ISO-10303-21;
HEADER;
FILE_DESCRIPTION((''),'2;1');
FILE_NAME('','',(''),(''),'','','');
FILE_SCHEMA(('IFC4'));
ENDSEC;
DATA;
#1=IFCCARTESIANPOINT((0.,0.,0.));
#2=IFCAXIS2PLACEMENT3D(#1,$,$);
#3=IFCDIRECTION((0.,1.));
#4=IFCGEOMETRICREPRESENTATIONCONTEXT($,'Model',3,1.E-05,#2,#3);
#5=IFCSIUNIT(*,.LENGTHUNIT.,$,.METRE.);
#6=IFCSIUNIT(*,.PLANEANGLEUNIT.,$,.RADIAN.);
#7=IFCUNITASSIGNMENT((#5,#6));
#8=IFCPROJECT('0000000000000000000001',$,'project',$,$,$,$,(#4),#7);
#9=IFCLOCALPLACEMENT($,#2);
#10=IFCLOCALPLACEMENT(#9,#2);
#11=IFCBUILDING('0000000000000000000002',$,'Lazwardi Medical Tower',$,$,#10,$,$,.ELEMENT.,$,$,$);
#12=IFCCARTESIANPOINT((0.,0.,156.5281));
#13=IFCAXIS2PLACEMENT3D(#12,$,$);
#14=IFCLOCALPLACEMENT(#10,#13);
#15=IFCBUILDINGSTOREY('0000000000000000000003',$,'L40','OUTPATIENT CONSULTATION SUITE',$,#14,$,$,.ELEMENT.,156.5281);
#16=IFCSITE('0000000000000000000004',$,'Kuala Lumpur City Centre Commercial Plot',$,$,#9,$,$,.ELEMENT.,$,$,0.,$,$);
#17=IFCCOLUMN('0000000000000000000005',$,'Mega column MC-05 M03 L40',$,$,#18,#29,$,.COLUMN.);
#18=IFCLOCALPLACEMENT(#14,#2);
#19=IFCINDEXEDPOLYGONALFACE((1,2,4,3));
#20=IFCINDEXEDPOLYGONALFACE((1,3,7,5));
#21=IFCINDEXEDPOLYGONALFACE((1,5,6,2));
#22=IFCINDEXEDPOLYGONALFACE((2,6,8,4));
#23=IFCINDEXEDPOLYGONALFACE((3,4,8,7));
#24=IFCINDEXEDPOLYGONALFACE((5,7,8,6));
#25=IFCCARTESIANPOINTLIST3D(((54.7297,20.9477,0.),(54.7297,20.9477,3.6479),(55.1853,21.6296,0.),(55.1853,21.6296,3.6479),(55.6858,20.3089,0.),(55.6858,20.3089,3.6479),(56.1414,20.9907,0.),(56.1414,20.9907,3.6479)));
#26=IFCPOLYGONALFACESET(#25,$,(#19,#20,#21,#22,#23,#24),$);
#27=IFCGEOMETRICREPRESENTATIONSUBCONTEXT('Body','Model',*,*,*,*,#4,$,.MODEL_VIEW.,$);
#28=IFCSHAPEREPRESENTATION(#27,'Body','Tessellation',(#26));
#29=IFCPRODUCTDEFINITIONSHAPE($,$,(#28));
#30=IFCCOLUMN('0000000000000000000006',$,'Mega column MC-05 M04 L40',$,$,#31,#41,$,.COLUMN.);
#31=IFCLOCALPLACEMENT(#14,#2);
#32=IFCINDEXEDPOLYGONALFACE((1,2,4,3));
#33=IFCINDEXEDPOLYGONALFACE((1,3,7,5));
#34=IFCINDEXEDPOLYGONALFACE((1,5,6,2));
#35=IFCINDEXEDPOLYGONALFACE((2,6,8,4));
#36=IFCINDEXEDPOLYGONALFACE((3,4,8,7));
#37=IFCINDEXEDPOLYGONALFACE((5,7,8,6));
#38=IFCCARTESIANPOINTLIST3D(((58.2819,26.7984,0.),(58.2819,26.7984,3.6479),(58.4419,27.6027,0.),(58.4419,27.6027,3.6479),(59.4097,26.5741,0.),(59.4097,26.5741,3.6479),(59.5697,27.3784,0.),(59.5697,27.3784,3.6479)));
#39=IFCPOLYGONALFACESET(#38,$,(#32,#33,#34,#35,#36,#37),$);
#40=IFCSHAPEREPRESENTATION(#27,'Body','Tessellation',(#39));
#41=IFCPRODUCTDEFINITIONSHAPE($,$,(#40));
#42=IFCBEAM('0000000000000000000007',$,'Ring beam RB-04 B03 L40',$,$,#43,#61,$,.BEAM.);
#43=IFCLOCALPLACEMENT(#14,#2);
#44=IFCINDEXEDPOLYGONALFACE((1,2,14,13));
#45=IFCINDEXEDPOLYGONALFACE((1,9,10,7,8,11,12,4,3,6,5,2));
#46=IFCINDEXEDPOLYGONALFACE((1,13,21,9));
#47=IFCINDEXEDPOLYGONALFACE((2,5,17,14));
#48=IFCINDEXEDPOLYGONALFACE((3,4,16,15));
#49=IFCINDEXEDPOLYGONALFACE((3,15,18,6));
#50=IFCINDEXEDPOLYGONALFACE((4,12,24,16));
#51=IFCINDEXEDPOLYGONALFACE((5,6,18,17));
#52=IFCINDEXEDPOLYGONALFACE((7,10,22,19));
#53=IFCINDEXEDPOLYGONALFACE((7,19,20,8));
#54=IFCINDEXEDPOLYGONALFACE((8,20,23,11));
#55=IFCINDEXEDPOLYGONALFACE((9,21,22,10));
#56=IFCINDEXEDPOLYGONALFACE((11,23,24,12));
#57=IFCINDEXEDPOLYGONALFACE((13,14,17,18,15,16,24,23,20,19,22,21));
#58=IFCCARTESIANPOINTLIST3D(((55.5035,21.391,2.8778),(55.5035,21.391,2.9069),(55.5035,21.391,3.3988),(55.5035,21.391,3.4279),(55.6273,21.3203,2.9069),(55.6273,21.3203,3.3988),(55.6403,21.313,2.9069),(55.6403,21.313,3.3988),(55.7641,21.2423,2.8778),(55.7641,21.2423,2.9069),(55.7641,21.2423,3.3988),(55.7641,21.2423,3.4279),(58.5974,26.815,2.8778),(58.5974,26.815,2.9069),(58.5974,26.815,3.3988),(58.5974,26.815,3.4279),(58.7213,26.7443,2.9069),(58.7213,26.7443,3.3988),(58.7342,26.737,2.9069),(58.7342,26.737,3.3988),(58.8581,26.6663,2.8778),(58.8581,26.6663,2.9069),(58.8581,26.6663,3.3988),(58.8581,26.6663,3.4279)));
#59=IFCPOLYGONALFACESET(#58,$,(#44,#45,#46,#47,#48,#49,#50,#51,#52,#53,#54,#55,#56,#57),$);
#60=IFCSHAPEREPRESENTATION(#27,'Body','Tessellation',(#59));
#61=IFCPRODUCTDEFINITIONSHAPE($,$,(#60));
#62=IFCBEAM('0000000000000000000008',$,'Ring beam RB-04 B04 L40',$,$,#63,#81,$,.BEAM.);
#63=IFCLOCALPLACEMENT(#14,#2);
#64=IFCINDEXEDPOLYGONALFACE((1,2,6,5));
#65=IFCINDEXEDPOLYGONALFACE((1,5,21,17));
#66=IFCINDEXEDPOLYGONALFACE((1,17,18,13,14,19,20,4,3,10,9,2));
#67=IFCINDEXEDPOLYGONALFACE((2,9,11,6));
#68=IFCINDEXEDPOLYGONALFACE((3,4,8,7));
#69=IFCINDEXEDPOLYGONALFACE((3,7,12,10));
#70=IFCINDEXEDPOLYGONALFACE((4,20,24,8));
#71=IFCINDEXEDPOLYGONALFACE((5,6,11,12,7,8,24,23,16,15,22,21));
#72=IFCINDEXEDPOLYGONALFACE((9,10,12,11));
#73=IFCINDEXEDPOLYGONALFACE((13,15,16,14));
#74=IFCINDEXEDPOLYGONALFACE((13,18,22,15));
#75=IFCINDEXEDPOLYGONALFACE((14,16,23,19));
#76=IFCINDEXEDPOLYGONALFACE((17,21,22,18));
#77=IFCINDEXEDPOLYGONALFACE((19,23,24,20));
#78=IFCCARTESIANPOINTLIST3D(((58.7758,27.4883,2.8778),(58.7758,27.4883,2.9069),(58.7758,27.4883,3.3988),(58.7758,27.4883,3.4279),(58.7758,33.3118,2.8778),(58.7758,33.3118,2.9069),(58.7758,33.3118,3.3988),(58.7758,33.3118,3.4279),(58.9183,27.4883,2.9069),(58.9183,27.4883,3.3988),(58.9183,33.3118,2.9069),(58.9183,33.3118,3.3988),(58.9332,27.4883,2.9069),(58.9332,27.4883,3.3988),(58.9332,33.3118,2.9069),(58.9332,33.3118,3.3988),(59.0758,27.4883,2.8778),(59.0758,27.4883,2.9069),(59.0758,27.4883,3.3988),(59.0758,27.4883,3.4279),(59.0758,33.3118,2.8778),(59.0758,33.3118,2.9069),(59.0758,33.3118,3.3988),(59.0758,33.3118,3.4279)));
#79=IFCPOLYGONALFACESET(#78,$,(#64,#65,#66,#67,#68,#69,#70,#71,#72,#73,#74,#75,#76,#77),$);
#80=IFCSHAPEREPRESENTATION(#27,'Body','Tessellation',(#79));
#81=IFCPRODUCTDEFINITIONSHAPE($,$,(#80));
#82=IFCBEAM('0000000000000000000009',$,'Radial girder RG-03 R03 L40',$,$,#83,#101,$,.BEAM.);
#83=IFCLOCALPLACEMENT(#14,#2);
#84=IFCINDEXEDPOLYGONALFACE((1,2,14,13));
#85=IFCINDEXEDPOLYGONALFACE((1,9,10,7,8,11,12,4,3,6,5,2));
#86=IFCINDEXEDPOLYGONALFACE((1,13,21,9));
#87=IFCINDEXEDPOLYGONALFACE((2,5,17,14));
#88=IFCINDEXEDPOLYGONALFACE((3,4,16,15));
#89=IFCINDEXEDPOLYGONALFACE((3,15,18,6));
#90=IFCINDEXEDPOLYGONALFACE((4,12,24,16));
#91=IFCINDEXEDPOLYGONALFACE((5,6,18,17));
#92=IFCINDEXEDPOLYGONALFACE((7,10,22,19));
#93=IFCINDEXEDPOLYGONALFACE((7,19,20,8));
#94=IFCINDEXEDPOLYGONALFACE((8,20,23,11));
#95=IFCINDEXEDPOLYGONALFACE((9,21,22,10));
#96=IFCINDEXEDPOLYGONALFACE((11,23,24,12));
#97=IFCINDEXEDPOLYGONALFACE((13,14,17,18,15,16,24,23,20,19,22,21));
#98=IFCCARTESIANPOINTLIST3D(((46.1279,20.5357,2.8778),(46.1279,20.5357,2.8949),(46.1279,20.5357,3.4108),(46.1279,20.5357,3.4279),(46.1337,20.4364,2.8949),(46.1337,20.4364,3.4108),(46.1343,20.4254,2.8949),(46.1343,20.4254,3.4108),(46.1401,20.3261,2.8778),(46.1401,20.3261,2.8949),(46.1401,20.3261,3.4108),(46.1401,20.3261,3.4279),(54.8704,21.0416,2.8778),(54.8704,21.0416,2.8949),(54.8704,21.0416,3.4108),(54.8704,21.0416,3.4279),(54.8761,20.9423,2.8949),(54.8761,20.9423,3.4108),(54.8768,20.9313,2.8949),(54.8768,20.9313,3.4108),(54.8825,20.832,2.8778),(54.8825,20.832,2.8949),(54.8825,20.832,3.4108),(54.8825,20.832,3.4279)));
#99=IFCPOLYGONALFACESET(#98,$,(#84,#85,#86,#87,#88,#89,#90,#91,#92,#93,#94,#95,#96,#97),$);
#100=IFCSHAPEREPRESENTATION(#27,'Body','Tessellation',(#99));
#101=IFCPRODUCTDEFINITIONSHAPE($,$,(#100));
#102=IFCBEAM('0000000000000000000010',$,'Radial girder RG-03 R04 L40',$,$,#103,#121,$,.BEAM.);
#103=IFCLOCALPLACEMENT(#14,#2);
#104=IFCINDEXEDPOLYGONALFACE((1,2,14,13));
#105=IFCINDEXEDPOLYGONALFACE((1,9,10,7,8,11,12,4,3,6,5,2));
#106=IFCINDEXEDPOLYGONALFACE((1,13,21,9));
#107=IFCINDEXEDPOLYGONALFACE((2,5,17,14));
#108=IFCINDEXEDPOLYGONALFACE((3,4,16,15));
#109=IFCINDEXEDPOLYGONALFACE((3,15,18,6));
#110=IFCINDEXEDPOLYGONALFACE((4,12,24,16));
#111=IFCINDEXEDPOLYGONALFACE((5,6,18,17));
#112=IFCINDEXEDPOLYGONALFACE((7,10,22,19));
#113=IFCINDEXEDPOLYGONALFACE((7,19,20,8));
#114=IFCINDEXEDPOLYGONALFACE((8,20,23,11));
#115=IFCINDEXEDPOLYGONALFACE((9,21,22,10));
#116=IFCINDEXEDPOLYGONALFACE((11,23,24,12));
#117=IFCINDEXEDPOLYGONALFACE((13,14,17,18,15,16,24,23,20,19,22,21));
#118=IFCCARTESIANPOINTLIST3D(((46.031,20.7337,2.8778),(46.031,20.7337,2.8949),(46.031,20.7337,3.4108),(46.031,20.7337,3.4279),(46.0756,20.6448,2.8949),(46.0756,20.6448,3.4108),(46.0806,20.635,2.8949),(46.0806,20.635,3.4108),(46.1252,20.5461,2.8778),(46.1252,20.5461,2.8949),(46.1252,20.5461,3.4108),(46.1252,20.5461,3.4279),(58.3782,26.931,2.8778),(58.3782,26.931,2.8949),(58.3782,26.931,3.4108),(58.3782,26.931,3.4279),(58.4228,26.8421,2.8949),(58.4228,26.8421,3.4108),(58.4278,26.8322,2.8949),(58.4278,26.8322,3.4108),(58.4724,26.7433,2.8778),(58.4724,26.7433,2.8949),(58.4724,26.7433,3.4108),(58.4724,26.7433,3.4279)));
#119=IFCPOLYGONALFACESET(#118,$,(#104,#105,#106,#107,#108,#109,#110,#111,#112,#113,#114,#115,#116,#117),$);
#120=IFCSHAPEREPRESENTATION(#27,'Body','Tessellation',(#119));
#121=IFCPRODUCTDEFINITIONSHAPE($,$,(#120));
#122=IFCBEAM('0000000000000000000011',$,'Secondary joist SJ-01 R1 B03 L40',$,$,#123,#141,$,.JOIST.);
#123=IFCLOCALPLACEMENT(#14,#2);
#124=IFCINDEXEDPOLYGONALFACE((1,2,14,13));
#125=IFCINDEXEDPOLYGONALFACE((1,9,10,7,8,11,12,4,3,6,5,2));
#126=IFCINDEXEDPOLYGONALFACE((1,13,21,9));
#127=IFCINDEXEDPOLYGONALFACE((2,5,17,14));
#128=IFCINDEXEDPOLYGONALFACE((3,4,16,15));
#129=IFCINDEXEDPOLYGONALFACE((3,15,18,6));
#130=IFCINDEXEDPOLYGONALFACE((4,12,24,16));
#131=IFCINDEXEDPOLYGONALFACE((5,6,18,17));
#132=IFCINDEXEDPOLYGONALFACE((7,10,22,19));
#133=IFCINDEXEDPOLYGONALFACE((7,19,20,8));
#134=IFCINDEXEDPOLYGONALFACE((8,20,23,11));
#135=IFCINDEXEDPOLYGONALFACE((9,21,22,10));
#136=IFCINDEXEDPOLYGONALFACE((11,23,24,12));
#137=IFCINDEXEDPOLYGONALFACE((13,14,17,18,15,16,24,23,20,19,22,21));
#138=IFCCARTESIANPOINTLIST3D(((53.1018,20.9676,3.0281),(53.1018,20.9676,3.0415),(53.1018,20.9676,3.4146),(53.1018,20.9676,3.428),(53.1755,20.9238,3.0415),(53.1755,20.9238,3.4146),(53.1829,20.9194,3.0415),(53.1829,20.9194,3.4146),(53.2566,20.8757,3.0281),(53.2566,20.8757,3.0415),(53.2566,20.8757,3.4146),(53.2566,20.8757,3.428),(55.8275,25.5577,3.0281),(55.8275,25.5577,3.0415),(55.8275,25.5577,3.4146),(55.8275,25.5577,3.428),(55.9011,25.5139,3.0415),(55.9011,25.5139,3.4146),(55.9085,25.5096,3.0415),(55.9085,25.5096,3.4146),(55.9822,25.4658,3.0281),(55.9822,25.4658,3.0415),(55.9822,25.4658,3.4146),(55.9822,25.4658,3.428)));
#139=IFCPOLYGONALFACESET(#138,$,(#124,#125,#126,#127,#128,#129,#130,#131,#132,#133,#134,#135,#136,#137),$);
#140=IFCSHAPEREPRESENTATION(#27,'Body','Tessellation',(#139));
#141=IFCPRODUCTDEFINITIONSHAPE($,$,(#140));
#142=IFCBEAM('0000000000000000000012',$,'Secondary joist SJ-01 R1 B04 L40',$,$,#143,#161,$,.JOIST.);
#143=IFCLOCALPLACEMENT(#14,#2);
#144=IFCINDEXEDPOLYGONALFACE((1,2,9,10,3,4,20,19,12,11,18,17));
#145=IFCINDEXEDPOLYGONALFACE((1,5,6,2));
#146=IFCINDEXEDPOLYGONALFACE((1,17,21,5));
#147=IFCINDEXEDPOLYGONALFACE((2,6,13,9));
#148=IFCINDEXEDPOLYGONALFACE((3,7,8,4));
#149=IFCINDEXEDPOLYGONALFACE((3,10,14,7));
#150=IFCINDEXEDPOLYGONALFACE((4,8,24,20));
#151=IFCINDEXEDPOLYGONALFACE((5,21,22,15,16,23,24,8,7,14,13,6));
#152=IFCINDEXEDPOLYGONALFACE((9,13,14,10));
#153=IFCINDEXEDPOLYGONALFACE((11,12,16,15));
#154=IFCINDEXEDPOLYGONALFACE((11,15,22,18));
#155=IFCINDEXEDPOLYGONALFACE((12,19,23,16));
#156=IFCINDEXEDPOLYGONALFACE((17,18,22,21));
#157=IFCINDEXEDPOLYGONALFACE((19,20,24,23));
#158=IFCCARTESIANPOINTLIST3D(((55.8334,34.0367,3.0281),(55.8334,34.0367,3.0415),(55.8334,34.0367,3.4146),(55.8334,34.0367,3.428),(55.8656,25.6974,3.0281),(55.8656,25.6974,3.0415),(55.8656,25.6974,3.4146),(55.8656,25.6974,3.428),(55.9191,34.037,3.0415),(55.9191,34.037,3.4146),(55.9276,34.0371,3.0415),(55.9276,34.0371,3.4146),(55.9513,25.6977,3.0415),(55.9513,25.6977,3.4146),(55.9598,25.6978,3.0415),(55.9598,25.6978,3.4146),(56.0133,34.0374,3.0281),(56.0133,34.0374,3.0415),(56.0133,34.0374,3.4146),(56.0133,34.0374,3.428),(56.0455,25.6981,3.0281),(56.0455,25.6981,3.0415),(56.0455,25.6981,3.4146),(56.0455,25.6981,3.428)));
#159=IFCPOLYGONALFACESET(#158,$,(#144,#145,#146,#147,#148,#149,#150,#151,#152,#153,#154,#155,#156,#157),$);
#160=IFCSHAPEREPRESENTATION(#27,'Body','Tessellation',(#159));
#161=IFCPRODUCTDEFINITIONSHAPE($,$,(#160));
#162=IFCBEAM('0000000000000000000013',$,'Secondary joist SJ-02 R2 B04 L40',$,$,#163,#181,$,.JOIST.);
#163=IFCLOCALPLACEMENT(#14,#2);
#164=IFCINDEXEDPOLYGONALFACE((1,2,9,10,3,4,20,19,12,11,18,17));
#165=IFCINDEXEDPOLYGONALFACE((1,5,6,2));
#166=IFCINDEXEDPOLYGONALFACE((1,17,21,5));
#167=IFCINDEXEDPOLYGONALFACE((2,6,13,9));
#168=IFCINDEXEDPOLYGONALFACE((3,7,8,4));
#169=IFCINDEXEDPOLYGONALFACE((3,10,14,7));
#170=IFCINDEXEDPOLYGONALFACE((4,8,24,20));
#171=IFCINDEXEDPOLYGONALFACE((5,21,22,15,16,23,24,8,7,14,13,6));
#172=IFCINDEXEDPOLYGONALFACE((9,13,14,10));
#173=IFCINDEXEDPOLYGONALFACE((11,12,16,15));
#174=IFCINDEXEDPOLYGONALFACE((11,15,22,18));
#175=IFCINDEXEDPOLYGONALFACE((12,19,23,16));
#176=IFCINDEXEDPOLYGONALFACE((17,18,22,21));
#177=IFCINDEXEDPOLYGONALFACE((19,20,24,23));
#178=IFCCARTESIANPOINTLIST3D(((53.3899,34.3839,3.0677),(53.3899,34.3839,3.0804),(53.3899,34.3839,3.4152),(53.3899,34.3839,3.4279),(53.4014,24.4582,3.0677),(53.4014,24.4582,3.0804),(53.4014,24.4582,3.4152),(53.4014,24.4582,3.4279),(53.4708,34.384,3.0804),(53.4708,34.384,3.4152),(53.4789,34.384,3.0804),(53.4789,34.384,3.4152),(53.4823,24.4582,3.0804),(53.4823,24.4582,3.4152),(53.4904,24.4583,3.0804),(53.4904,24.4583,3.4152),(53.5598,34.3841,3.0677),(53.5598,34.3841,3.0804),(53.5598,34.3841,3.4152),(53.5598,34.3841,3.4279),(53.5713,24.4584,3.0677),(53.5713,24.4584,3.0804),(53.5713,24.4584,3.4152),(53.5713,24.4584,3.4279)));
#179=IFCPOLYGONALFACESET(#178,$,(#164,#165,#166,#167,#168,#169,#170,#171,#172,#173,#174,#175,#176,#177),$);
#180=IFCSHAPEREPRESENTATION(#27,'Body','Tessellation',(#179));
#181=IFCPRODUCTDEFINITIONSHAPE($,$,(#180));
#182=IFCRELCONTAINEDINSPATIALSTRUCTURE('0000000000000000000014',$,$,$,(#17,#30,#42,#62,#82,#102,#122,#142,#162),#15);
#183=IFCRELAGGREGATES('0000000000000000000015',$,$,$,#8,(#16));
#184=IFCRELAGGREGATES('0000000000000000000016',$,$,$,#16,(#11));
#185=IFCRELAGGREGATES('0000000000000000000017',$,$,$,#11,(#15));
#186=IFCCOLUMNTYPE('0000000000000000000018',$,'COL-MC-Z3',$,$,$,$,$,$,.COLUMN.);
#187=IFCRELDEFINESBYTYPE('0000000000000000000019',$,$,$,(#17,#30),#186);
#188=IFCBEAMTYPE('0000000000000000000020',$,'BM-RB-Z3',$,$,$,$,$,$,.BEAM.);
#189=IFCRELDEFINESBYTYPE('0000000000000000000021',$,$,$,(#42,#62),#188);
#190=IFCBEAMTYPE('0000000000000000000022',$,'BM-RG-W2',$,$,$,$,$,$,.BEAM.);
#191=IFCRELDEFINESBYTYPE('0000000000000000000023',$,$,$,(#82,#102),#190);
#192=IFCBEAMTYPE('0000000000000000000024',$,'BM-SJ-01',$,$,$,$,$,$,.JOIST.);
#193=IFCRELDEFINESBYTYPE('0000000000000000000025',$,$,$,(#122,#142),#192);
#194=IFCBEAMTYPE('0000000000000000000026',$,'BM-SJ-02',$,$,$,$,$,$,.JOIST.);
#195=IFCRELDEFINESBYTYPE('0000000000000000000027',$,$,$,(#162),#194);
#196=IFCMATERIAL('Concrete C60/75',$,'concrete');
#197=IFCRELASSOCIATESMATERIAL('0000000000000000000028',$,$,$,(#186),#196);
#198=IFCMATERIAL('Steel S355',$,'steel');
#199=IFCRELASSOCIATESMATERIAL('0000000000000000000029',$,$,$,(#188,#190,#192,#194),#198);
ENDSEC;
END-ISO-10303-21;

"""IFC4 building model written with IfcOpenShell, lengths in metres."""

from ifc_helpers import new_model, si_unit, direction, frame, origin, origin_2d, place, context, subcontext, project, spatial, rectangle, i_section, extrude, material, material_profile, profile_set, type_object, element, save


model = new_model("IFC4")

# Units and contexts
model_context = context("Model", 3, precision=1e-05, world=origin(), true_north=direction((0.0, 1.0)))
body_context = subcontext(model_context, "Body", "Model", "MODEL_VIEW")
ifc_project = project(units=[si_unit("LENGTHUNIT", "METRE"), si_unit("PLANEANGLEUNIT", "RADIAN")], contexts=[model_context])

# Site, building, storey
site_placement = place(None, origin())
site = spatial("IfcSite", under=ifc_project, at=site_placement, Name="Kuala Lumpur City Centre Commercial Plot", CompositionType="ELEMENT", RefElevation=0.0)
building_placement = place(site_placement, origin())
building = spatial("IfcBuilding", under=site, at=building_placement, Name="Lazwardi Medical Tower", CompositionType="ELEMENT")
storey_placement = place(building_placement, frame((0.0, 0.0, 156.5281)))
storey = spatial("IfcBuildingStorey", under=building, at=storey_placement, Name="L40", Description="OUTPATIENT CONSULTATION SUITE", CompositionType="ELEMENT", Elevation=156.5281)

# Columns
ifc_material_1 = material(Name="Concrete C60/75", Category="concrete")
ifc_material_profile_1 = material_profile(ifc_material_1, rectangle(XDim=1.1499, YDim=0.8201, at=origin_2d()), Name="CFT-RECT 1150x820")
ifc_profile_set_1 = profile_set([ifc_material_profile_1], Name="Concrete C60/75")
column_type = type_object("IfcColumnType", Name="COL-MC-Z3", PredefinedType="COLUMN", material=ifc_profile_set_1)
for number, where, z_axis, x_axis, name in (
    (1, (55.4355, 20.9692, 0.0), (0.0, 0.0, 1.0), (0.83147, -0.55557, 0.0), "Mega column MC-05 M03 L40"),
    (2, (58.9258, 27.0884, 0.0), (0.0, 0.0, 1.0), (0.980785, -0.19509, 0.0), "Mega column MC-05 M04 L40"),
):
    element("IfcColumn", number, at=place(storey_placement, frame(where, z_axis=z_axis, x_axis=x_axis)), inside=storey, type_object=column_type, Name=name, PredefinedType="COLUMN", context=body_context, shape_type="SweptSolid", body=[
        extrude(rectangle(XDim=1.1499, YDim=0.8201, at=origin_2d()), origin(), (0.0, 0.0, 1.0), 3.6479),
    ])

# Beams
ifc_material_2 = material(Name="Steel S355", Category="steel")
ifc_material_profile_2 = material_profile(ifc_material_2, i_section(OverallWidth=0.3, OverallDepth=0.55, WebThickness=0.0149, FlangeThickness=0.0291, at=origin_2d()), Name="HEB 550")
ifc_profile_set_2 = profile_set([ifc_material_profile_2], Name="Steel S355")
beam_type_1 = type_object("IfcBeamType", Name="BM-RB-Z3", PredefinedType="BEAM", material=ifc_profile_set_2)
beam_1_placement = place(storey_placement, frame((55.6338, 21.3167, 3.1528), z_axis=(0.495478, 0.868621, 0.0), x_axis=(-0.868621, 0.495478, 0.0)))
element("IfcBeam", 3, at=beam_1_placement, inside=storey, type_object=beam_type_1, Name="Ring beam RB-04 B03 L40", PredefinedType="BEAM", context=body_context, shape_type="SweptSolid", body=[
    extrude(i_section(OverallWidth=0.3, OverallDepth=0.55, WebThickness=0.0149, FlangeThickness=0.0291, at=origin_2d()), origin(), (0.0, 0.0, 1.0), 6.2444),
])
beam_2_placement = place(storey_placement, frame((58.9258, 27.4883, 3.1528), z_axis=(0.0, 1.0, 0.0), x_axis=(-1.0, 0.0, 0.0)))
element("IfcBeam", 4, at=beam_2_placement, inside=storey, type_object=beam_type_1, Name="Ring beam RB-04 B04 L40", PredefinedType="BEAM", context=body_context, shape_type="SweptSolid", body=[
    extrude(i_section(OverallWidth=0.3, OverallDepth=0.55, WebThickness=0.0149, FlangeThickness=0.0291, at=origin_2d()), origin(), (0.0, 0.0, 1.0), 5.8235),
])
ifc_material_profile_3 = material_profile(ifc_material_2, i_section(OverallWidth=0.21, OverallDepth=0.55, WebThickness=0.011, FlangeThickness=0.0171, at=origin_2d()), Name="IPE 550")
ifc_profile_set_3 = profile_set([ifc_material_profile_3], Name="Steel S355")
beam_type_2 = type_object("IfcBeamType", Name="BM-RG-W2", PredefinedType="BEAM", material=ifc_profile_set_3)
beam_3_placement = place(storey_placement, frame((54.8765, 20.9368, 3.1528), z_axis=(-0.99833, -0.057766, 0.0), x_axis=(0.057766, -0.99833, 0.0)))
element("IfcBeam", 5, at=beam_3_placement, inside=storey, type_object=beam_type_2, Name="Radial girder RG-03 R03 L40", PredefinedType="BEAM", context=body_context, shape_type="SweptSolid", body=[
    extrude(i_section(OverallWidth=0.21, OverallDepth=0.55, WebThickness=0.011, FlangeThickness=0.0171, at=origin_2d()), origin(), (0.0, 0.0, 1.0), 8.7571),
])
beam_4_placement = place(storey_placement, frame((58.4253, 26.8372, 3.1528), z_axis=(-0.89374, -0.448584, 0.0), x_axis=(0.448584, -0.89374, 0.0)))
element("IfcBeam", 6, at=beam_4_placement, inside=storey, type_object=beam_type_2, Name="Radial girder RG-03 R04 L40", PredefinedType="BEAM", context=body_context, shape_type="SweptSolid", body=[
    extrude(i_section(OverallWidth=0.21, OverallDepth=0.55, WebThickness=0.011, FlangeThickness=0.0171, at=origin_2d()), origin(), (0.0, 0.0, 1.0), 13.8152),
])
ifc_material_profile_4 = material_profile(ifc_material_2, i_section(OverallWidth=0.1799, OverallDepth=0.3999, WebThickness=0.0085, FlangeThickness=0.0134, at=origin_2d()), Name="IPE 400")
ifc_profile_set_4 = profile_set([ifc_material_profile_4], Name="Steel S355")
beam_type_3 = type_object("IfcBeamType", Name="BM-SJ-01", PredefinedType="JOIST", material=ifc_profile_set_4)
beam_5_placement = place(storey_placement, frame((53.1792, 20.9216, 3.228), z_axis=(0.510569, 0.859837, 0.0), x_axis=(-0.859837, 0.510569, 0.0)))
element("IfcBeam", 7, at=beam_5_placement, inside=storey, type_object=beam_type_3, Name="Secondary joist SJ-01 R1 B03 L40", PredefinedType="JOIST", context=body_context, shape_type="SweptSolid", body=[
    extrude(i_section(OverallWidth=0.1799, OverallDepth=0.3999, WebThickness=0.0085, FlangeThickness=0.0134, at=origin_2d()), origin(), (0.0, 0.0, 1.0), 5.3384),
])
beam_6_placement = place(storey_placement, frame((55.9556, 25.6978, 3.228), z_axis=(-0.003864, 0.999993, 0.0), x_axis=(-0.999993, -0.003864, 0.0)))
element("IfcBeam", 8, at=beam_6_placement, inside=storey, type_object=beam_type_3, Name="Secondary joist SJ-01 R1 B04 L40", PredefinedType="JOIST", context=body_context, shape_type="SweptSolid", body=[
    extrude(i_section(OverallWidth=0.1799, OverallDepth=0.3999, WebThickness=0.0085, FlangeThickness=0.0134, at=origin_2d()), origin(), (0.0, 0.0, 1.0), 8.3394),
])
ifc_material_profile_5 = material_profile(ifc_material_2, i_section(OverallWidth=0.1699, OverallDepth=0.3601, WebThickness=0.0081, FlangeThickness=0.0127, at=origin_2d()), Name="IPE 360")
ifc_profile_set_5 = profile_set([ifc_material_profile_5], Name="Steel S355")
beam_type_4 = type_object("IfcBeamType", Name="BM-SJ-02", PredefinedType="JOIST", material=ifc_profile_set_5)
beam_7_placement = place(storey_placement, frame((53.4863, 24.4583, 3.2478), z_axis=(-0.001156, 0.999999, 0.0), x_axis=(-0.999999, -0.001156, 0.0)))
element("IfcBeam", 9, at=beam_7_placement, inside=storey, type_object=beam_type_4, Name="Secondary joist SJ-02 R2 B04 L40", PredefinedType="JOIST", context=body_context, shape_type="SweptSolid", body=[
    extrude(i_section(OverallWidth=0.1699, OverallDepth=0.3601, WebThickness=0.0081, FlangeThickness=0.0127, at=origin_2d()), origin(), (0.0, 0.0, 1.0), 9.9258),
])

save(model, "model.ifc")
